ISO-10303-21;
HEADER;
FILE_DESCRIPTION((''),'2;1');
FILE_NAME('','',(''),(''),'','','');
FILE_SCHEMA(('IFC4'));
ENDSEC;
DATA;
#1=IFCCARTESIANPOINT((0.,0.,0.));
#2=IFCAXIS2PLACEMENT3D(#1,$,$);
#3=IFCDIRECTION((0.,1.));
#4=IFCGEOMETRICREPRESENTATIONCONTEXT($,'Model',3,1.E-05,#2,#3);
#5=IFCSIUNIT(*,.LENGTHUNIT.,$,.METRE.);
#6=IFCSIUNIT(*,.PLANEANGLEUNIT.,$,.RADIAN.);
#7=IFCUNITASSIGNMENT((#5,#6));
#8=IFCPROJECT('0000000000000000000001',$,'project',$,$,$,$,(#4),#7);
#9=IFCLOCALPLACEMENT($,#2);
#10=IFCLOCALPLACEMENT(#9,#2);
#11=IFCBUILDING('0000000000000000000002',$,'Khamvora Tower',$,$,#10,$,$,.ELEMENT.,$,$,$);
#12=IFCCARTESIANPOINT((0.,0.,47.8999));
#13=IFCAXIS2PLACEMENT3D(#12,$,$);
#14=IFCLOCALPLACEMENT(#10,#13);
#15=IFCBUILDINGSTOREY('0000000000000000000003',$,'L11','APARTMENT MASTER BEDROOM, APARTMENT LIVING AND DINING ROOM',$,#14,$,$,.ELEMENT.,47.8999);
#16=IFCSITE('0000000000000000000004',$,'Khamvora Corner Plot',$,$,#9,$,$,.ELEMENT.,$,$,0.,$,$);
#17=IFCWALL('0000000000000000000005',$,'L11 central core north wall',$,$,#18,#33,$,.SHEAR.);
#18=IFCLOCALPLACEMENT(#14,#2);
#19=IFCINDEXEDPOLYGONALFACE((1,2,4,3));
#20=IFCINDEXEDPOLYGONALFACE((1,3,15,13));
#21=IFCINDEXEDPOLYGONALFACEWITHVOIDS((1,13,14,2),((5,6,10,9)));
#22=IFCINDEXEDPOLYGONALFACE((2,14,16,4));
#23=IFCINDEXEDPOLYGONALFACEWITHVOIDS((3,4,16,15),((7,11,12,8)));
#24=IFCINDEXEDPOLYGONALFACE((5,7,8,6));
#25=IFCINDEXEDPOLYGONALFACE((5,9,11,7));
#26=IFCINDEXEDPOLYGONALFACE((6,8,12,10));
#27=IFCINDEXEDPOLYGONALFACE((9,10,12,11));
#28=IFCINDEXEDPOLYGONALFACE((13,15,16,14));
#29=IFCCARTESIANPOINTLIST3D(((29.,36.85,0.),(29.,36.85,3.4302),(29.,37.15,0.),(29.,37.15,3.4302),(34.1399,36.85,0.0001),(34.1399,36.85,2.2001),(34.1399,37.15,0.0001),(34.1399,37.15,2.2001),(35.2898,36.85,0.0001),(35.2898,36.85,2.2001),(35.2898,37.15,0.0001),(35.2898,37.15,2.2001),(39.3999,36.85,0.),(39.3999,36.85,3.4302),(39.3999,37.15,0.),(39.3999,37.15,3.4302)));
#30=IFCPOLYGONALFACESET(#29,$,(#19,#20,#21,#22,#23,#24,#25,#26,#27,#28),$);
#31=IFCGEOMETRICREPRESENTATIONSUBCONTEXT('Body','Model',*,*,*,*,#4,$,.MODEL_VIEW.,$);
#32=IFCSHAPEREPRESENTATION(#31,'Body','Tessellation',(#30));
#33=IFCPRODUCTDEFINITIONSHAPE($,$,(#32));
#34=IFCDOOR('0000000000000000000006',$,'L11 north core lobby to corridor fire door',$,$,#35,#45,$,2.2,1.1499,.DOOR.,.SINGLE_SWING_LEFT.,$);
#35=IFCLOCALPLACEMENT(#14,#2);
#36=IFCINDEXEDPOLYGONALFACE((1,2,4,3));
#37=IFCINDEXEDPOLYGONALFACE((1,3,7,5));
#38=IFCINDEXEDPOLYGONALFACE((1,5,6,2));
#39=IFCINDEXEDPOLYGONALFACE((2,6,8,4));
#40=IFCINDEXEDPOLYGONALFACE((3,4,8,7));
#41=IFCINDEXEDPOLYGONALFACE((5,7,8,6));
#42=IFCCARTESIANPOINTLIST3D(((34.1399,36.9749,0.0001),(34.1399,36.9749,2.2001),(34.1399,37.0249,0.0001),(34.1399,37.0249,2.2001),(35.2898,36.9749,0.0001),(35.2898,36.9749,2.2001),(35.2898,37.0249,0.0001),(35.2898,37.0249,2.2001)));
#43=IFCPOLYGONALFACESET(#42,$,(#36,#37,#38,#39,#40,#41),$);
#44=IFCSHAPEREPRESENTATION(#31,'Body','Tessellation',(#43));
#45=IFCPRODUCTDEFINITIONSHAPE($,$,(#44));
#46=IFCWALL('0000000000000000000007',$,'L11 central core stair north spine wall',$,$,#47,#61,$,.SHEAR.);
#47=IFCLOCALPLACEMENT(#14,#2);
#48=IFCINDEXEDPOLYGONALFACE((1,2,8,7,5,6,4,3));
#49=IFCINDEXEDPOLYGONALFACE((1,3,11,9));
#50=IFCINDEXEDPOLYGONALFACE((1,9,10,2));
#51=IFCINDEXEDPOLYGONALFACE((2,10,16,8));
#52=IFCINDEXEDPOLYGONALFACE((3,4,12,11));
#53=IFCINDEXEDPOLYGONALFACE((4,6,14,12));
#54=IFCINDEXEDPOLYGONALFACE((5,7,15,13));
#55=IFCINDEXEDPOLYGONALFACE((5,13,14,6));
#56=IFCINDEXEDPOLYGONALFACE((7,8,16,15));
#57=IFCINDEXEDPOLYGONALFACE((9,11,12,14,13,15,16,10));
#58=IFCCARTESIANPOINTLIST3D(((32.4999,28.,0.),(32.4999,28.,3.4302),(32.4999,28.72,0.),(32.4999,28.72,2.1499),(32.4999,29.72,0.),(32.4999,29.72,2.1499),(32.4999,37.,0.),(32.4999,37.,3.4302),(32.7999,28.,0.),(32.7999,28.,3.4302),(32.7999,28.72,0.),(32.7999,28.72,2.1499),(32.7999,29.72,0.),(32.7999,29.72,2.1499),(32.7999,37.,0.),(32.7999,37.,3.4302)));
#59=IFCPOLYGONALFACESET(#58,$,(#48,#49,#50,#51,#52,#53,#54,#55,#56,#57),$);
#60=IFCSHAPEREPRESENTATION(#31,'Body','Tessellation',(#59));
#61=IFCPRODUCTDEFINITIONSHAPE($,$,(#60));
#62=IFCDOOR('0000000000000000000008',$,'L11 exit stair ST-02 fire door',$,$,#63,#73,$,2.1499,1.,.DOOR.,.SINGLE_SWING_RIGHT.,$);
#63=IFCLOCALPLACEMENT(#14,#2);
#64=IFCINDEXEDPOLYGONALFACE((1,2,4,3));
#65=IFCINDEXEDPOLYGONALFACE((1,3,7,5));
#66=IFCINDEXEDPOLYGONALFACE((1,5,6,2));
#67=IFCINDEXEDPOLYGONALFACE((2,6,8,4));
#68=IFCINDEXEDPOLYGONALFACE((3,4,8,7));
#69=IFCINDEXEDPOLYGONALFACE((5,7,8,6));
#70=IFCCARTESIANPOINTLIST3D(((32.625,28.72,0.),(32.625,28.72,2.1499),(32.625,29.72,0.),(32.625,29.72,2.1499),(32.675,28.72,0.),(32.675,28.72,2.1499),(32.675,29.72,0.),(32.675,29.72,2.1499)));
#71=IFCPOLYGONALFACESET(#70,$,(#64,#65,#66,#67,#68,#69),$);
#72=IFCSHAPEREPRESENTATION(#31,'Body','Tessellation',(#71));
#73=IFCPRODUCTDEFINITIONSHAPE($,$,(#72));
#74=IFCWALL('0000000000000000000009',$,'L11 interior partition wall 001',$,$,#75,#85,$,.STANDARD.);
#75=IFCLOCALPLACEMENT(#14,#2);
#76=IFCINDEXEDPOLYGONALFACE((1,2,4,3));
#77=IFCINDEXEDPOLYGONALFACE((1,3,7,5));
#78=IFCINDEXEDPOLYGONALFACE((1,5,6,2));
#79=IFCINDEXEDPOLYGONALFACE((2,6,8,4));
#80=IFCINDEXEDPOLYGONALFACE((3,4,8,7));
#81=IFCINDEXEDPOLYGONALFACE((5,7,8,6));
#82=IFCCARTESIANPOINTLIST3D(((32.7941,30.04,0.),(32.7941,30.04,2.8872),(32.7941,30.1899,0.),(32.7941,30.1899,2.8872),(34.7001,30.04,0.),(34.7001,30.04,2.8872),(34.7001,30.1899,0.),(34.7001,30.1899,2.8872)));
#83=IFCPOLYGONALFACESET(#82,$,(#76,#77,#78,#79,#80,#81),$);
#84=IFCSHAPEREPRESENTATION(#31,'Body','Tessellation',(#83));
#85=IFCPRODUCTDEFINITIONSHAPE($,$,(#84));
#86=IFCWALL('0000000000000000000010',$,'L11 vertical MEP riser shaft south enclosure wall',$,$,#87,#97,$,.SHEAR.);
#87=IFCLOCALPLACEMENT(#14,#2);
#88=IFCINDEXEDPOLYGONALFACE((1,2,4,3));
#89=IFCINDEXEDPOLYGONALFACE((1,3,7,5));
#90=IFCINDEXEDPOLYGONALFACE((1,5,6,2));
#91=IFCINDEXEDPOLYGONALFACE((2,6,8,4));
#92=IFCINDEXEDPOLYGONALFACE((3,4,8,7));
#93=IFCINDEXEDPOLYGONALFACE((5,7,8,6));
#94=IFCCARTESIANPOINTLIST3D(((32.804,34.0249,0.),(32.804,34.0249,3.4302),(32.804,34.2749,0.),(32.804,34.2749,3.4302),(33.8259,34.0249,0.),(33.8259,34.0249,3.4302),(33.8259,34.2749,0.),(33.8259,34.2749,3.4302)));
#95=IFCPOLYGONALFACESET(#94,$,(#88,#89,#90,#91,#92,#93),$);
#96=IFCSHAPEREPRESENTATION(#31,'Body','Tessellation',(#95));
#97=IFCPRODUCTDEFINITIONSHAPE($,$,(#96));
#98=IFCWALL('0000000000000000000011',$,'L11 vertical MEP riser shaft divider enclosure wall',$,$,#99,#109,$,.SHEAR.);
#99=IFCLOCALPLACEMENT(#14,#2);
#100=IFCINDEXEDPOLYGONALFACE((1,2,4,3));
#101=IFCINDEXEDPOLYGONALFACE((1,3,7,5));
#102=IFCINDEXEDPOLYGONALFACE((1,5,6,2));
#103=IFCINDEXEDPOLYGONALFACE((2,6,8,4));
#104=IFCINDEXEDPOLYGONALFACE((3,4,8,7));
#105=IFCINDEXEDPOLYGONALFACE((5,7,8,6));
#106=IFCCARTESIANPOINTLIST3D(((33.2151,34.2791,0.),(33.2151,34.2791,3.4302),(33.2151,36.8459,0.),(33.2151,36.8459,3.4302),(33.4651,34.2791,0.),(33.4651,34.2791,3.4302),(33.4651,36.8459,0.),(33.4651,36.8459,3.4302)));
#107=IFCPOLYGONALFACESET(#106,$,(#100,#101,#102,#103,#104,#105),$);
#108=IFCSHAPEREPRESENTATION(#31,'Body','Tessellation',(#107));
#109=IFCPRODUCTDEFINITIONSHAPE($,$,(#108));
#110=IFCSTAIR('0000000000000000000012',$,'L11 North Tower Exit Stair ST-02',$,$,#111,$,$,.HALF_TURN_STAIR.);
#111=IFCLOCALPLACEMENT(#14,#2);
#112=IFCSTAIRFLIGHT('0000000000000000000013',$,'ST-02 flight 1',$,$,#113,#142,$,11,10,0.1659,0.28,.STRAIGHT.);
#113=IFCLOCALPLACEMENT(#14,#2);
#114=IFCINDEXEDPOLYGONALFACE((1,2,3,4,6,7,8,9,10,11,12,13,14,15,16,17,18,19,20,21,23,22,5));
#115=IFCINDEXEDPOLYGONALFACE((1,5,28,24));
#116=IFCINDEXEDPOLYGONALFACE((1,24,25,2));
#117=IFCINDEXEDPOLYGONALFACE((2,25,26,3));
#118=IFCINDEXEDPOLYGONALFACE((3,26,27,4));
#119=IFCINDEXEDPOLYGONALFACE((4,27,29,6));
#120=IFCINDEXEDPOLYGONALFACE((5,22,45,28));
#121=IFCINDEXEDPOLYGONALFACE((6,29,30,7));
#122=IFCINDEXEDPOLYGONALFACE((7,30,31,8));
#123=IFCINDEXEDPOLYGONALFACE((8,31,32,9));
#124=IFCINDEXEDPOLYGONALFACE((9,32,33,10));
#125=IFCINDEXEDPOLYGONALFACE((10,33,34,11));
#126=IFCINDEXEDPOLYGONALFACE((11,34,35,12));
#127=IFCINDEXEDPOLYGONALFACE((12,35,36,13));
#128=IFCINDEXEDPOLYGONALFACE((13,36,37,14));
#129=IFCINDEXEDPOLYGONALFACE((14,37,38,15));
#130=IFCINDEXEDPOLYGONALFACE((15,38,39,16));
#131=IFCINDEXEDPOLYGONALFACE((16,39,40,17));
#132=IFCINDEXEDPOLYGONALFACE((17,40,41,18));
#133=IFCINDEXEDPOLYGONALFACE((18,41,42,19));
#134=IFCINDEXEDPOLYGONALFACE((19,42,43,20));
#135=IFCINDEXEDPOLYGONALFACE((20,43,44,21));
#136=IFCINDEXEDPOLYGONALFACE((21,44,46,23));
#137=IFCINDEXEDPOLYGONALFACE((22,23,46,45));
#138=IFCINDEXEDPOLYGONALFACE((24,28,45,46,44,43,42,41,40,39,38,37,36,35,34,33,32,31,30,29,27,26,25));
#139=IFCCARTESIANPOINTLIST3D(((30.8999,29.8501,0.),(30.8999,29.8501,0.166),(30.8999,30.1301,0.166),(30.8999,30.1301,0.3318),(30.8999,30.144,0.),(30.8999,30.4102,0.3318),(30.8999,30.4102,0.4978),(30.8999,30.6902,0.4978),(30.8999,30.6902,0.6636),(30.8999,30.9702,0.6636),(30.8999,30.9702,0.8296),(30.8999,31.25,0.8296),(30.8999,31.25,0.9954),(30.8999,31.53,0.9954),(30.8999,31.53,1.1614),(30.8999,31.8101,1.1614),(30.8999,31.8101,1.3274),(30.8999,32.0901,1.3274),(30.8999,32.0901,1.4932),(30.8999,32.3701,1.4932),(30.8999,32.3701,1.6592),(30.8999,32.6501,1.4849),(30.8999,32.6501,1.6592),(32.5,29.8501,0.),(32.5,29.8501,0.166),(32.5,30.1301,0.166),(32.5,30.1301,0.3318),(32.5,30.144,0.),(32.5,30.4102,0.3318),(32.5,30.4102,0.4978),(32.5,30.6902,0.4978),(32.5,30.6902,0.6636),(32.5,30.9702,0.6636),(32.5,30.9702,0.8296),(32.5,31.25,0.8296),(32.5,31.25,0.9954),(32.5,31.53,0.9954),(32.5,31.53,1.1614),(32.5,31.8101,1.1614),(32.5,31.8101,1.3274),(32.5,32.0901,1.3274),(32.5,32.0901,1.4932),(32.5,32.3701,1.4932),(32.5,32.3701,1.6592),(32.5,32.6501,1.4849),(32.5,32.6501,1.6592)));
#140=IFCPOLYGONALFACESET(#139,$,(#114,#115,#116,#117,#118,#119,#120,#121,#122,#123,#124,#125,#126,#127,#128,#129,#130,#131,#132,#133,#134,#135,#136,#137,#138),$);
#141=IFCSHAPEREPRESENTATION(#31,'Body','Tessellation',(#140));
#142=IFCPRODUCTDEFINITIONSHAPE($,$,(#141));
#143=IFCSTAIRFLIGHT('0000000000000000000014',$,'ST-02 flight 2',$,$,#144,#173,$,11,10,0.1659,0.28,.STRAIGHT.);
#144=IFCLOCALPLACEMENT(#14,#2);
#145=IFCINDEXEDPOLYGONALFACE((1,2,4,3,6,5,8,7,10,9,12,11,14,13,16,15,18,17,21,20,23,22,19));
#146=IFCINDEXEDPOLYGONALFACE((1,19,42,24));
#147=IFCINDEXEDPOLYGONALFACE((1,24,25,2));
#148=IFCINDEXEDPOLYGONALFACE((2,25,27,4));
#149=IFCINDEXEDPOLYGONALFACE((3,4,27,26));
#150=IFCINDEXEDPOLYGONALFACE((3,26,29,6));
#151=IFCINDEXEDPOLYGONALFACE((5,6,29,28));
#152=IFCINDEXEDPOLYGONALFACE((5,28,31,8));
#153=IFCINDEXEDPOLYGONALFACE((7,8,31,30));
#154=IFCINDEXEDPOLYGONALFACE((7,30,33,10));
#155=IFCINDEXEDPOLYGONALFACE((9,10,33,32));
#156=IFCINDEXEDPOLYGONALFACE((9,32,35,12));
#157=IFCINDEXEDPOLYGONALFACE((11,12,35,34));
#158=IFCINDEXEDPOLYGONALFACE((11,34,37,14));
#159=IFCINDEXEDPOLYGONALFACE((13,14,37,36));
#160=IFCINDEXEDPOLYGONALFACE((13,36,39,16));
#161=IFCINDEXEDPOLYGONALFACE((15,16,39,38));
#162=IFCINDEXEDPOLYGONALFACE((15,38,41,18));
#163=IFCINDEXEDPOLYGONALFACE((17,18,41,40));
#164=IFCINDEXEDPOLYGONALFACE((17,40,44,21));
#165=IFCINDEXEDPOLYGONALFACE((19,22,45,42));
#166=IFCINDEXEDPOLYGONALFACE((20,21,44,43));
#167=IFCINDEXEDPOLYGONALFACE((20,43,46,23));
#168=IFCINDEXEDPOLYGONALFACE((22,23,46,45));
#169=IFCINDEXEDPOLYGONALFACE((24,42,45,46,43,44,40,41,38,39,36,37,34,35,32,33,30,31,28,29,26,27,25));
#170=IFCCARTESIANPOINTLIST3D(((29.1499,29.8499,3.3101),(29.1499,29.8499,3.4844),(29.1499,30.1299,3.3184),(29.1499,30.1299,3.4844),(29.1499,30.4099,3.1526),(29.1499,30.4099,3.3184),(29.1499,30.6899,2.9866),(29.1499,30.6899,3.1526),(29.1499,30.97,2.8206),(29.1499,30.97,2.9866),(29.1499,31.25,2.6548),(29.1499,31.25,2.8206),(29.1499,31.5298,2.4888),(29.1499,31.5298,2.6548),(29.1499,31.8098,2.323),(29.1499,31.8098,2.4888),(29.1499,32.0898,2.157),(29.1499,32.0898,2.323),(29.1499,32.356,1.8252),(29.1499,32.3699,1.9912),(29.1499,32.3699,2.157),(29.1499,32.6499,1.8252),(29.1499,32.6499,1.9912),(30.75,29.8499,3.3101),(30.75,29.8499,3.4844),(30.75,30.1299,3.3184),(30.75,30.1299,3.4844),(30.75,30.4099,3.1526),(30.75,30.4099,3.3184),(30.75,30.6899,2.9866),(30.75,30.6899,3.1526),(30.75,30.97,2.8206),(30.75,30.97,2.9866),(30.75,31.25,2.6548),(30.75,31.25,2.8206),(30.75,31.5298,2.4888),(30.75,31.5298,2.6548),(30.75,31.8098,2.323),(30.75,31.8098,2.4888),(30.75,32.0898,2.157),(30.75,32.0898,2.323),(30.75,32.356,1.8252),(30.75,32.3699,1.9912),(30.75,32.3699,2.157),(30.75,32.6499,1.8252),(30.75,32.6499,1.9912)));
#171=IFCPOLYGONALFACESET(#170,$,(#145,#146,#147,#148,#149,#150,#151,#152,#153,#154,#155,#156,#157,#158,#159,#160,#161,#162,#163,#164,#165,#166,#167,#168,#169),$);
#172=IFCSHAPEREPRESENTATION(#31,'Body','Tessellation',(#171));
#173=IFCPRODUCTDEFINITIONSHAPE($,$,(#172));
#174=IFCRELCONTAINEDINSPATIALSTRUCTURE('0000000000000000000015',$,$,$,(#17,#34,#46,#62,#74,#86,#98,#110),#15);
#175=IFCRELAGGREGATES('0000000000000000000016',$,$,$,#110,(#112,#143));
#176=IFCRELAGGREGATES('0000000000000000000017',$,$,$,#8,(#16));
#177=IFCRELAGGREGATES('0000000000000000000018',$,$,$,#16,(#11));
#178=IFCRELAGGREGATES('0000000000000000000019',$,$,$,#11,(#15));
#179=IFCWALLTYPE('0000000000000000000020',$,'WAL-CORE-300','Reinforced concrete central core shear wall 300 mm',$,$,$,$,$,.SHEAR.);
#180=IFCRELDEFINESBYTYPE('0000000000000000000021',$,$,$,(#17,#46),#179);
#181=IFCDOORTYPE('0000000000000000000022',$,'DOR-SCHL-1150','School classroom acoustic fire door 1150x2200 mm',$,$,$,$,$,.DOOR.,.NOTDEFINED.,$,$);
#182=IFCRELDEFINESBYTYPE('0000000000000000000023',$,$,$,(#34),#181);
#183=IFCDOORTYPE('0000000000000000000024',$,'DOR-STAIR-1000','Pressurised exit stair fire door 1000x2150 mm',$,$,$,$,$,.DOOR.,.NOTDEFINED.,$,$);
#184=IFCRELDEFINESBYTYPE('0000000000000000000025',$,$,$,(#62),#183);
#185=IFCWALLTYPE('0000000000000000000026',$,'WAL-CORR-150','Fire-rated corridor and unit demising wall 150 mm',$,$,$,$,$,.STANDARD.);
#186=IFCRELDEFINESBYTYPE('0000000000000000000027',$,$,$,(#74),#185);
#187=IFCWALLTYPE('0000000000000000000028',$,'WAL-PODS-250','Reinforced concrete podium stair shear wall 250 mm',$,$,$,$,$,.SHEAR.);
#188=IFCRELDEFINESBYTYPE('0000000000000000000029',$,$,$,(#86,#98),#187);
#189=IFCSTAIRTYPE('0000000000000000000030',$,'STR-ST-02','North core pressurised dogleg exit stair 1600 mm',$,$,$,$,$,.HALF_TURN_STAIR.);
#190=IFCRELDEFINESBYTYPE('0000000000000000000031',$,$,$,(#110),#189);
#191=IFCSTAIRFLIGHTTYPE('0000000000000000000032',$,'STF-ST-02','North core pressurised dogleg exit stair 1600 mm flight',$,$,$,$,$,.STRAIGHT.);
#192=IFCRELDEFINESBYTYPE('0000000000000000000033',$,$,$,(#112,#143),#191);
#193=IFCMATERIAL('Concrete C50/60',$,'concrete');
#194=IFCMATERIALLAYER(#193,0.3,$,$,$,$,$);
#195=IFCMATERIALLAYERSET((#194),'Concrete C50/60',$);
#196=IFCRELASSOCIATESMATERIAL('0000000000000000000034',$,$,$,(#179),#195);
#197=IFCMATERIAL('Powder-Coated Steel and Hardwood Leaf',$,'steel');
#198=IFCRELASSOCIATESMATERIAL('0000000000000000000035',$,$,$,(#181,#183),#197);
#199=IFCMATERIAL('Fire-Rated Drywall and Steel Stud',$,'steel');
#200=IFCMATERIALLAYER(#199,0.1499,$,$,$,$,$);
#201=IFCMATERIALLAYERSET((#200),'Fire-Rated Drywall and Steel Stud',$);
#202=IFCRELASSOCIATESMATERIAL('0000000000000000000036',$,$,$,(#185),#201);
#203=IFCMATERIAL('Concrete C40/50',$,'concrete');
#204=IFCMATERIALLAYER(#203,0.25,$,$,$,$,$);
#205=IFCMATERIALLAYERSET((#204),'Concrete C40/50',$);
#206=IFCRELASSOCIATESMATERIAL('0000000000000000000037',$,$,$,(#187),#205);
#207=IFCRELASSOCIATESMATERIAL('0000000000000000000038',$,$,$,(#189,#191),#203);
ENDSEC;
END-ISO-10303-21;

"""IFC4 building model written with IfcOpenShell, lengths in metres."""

from ifc_helpers import new_model, si_unit, direction, frame, frame_2d, origin, place, context, subcontext, project, spatial, polyline, rectangle, outline, extrude, material, layer, layer_set, type_object, element, fill, aggregate, save


model = new_model("IFC4")

# Units and contexts
model_context = context("Model", 3, precision=1e-05, world=origin(), true_north=direction((0.0, 1.0)))
body_context = subcontext(model_context, "Body", "Model", "MODEL_VIEW")
ifc_project = project(units=[si_unit("LENGTHUNIT", "METRE"), si_unit("PLANEANGLEUNIT", "RADIAN")], contexts=[model_context])

# Site, building, storey
site_placement = place(None, origin())
site = spatial("IfcSite", under=ifc_project, at=site_placement, Name="Khamvora Corner Plot", CompositionType="ELEMENT", RefElevation=0.0)
building_placement = place(site_placement, origin())
building = spatial("IfcBuilding", under=site, at=building_placement, Name="Khamvora Tower", CompositionType="ELEMENT")
storey_placement = place(building_placement, frame((0.0, 0.0, 47.8999)))
storey = spatial("IfcBuildingStorey", under=building, at=storey_placement, Name="L11", Description="APARTMENT MASTER BEDROOM, APARTMENT LIVING AND DINING ROOM", CompositionType="ELEMENT", Elevation=47.8999)

# Walls, openings, doors
ifc_material_1 = material(Name="Concrete C50/60", Category="concrete")
ifc_layer_1 = layer(ifc_material_1, 0.3)
ifc_layer_set_1 = layer_set([ifc_layer_1], Name="Concrete C50/60")
wall_type_1 = type_object("IfcWallType", Name="WAL-CORE-300", Description="Reinforced concrete central core shear wall 300 mm", PredefinedType="SHEAR", material=ifc_layer_set_1)
wall_1_placement = place(storey_placement, frame((29.0, 37.0, 0.0), z_axis=(0.0, 0.0, 1.0), x_axis=(1.0, 0.0, 0.0)))
wall_1 = element("IfcWall", 1, at=wall_1_placement, inside=storey, type_object=wall_type_1, Name="L11 central core north wall", PredefinedType="SHEAR", context=body_context, shape_type="SweptSolid", body=[
    extrude(rectangle(XDim=10.3999, YDim=0.3, at=frame_2d((5.2, 0.0))), origin(), (0.0, 0.0, 1.0), 3.4302),
])
opening_1_placement = place(wall_1_placement, frame((5.1399, 0.0, 0.0)))
opening_1 = element("IfcOpeningElement", 2, at=opening_1_placement, cuts=wall_1, PredefinedType="OPENING", context=body_context, shape_type="SweptSolid", body=[
    extrude(rectangle(XDim=1.1499, YDim=2.2, at=frame_2d((0.575, 1.1001))), frame((0.0, 0.1599, 0.0), z_axis=(0.0, -1.0, 0.0), x_axis=(1.0, 0.0, 0.0)), (0.0, 0.0, 1.0), 0.3201),
])
ifc_material_2 = material(Name="Powder-Coated Steel and Hardwood Leaf", Category="steel")
door_type_1 = type_object("IfcDoorType", Name="DOR-SCHL-1150", Description="School classroom acoustic fire door 1150x2200 mm", OperationType="NOTDEFINED", PredefinedType="DOOR", material=ifc_material_2)
door_1_placement = place(opening_1_placement, origin())
door_1 = element("IfcDoor", 3, at=door_1_placement, inside=storey, type_object=door_type_1, Name="L11 north core lobby to corridor fire door", OperationType="SINGLE_SWING_LEFT", OverallHeight=2.2, OverallWidth=1.1499, PredefinedType="DOOR", context=body_context, shape_type="SweptSolid", body=[
    extrude(rectangle(XDim=1.1499, YDim=2.2, at=frame_2d((0.575, 1.1001))), frame((0.0, 0.0249, 0.0), z_axis=(0.0, -1.0, 0.0), x_axis=(1.0, 0.0, 0.0)), (0.0, 0.0, 1.0), 0.05),
])
fill(opening_1, door_1)
wall_2_placement = place(storey_placement, frame((32.6499, 28.0, 0.0), z_axis=(0.0, 0.0, 1.0), x_axis=(0.0, 1.0, 0.0)))
wall_2 = element("IfcWall", 4, at=wall_2_placement, inside=storey, type_object=wall_type_1, Name="L11 central core stair north spine wall", PredefinedType="SHEAR", context=body_context, shape_type="SweptSolid", body=[
    extrude(rectangle(XDim=9.0, YDim=0.3, at=frame_2d((4.5, 0.0))), origin(), (0.0, 0.0, 1.0), 3.4302),
])
opening_2_placement = place(wall_2_placement, frame((0.72, 0.0, 0.0)))
opening_2 = element("IfcOpeningElement", 5, at=opening_2_placement, cuts=wall_2, PredefinedType="OPENING", context=body_context, shape_type="SweptSolid", body=[
    extrude(rectangle(XDim=1.0, YDim=2.1499, at=frame_2d((0.5, 1.075))), frame((0.0, 0.1599, 0.0), z_axis=(0.0, -1.0, 0.0), x_axis=(1.0, 0.0, 0.0)), (0.0, 0.0, 1.0), 0.3201),
])
door_type_2 = type_object("IfcDoorType", Name="DOR-STAIR-1000", Description="Pressurised exit stair fire door 1000x2150 mm", OperationType="NOTDEFINED", PredefinedType="DOOR", material=ifc_material_2)
door_2_placement = place(opening_2_placement, origin())
door_2 = element("IfcDoor", 6, at=door_2_placement, inside=storey, type_object=door_type_2, Name="L11 exit stair ST-02 fire door", OperationType="SINGLE_SWING_RIGHT", OverallHeight=2.1499, OverallWidth=1.0, PredefinedType="DOOR", context=body_context, shape_type="SweptSolid", body=[
    extrude(rectangle(XDim=1.0, YDim=2.1499, at=frame_2d((0.5, 1.075))), frame((0.0, 0.0249, 0.0), z_axis=(0.0, -1.0, 0.0), x_axis=(1.0, 0.0, 0.0)), (0.0, 0.0, 1.0), 0.05),
])
fill(opening_2, door_2)

# Walls
ifc_material_3 = material(Name="Fire-Rated Drywall and Steel Stud", Category="steel")
ifc_layer_2 = layer(ifc_material_3, 0.1499)
ifc_layer_set_2 = layer_set([ifc_layer_2], Name="Fire-Rated Drywall and Steel Stud")
wall_type_2 = type_object("IfcWallType", Name="WAL-CORR-150", Description="Fire-rated corridor and unit demising wall 150 mm", PredefinedType="STANDARD", material=ifc_layer_set_2)
wall_3_placement = place(storey_placement, frame((32.7939, 30.115, 0.0), z_axis=(0.0, 0.0, 1.0), x_axis=(1.0, 0.0, 0.0)))
element("IfcWall", 7, at=wall_3_placement, inside=storey, type_object=wall_type_2, Name="L11 interior partition wall 001", PredefinedType="STANDARD", context=body_context, shape_type="SweptSolid", body=[
    extrude(rectangle(XDim=1.906, YDim=0.1499, at=frame_2d((0.9531, 0.0))), origin(), (0.0, 0.0, 1.0), 2.8872),
])
ifc_material_4 = material(Name="Concrete C40/50", Category="concrete")
ifc_layer_3 = layer(ifc_material_4, 0.25)
ifc_layer_set_3 = layer_set([ifc_layer_3], Name="Concrete C40/50")
wall_type_3 = type_object("IfcWallType", Name="WAL-PODS-250", Description="Reinforced concrete podium stair shear wall 250 mm", PredefinedType="SHEAR", material=ifc_layer_set_3)
wall_4_placement = place(storey_placement, frame((32.804, 34.1499, 0.0), z_axis=(0.0, 0.0, 1.0), x_axis=(1.0, 0.0, 0.0)))
element("IfcWall", 8, at=wall_4_placement, inside=storey, type_object=wall_type_3, Name="L11 vertical MEP riser shaft south enclosure wall", PredefinedType="SHEAR", context=body_context, shape_type="SweptSolid", body=[
    extrude(rectangle(XDim=1.022, YDim=0.25, at=frame_2d((0.511, 0.0))), origin(), (0.0, 0.0, 1.0), 3.4302),
])
wall_5_placement = place(storey_placement, frame((33.3401, 34.2791, 0.0), z_axis=(0.0, 0.0, 1.0), x_axis=(0.0, 1.0, 0.0)))
element("IfcWall", 9, at=wall_5_placement, inside=storey, type_object=wall_type_3, Name="L11 vertical MEP riser shaft divider enclosure wall", PredefinedType="SHEAR", context=body_context, shape_type="SweptSolid", body=[
    extrude(rectangle(XDim=2.5669, YDim=0.25, at=frame_2d((1.2834, 0.0))), origin(), (0.0, 0.0, 1.0), 3.4302),
])

# Stair, stair flights
stair_type = type_object("IfcStairType", Name="STR-ST-02", Description="North core pressurised dogleg exit stair 1600 mm", PredefinedType="HALF_TURN_STAIR", material=ifc_material_4)
stair_placement = place(storey_placement, origin())
stair = element("IfcStair", 10, at=stair_placement, inside=storey, type_object=stair_type, Name="L11 North Tower Exit Stair ST-02", PredefinedType="HALF_TURN_STAIR")
stair_flight_type = type_object("IfcStairFlightType", Name="STF-ST-02", Description="North core pressurised dogleg exit stair 1600 mm flight", PredefinedType="STRAIGHT", material=ifc_material_4)
stair_flight_1_placement = place(storey_placement, frame((31.7, 29.8501, 0.0), z_axis=(0.0, 0.0, 1.0), x_axis=(0.0, 1.0, 0.0)))
stair_flight_1 = element("IfcStairFlight", 11, at=stair_flight_1_placement, type_object=stair_flight_type, Name="ST-02 flight 1", NumberOfRisers=11, NumberOfTreads=10, PredefinedType="STRAIGHT", RiserHeight=0.1659, TreadLength=0.28, context=body_context, shape_type="SweptSolid", body=[
    extrude(outline(polyline([(0.0, 0.0), (0.0, 0.166), (0.28, 0.166), (0.28, 0.3318), (0.5601, 0.3318), (0.5601, 0.4978), (0.8401, 0.4978), (0.8401, 0.6636), (1.1201, 0.6636), (1.1201, 0.8296), (1.3999, 0.8296), (1.3999, 0.9954), (1.6799, 0.9954), (1.6799, 1.1614), (1.96, 1.1614), (1.96, 1.3274), (2.24, 1.3274), (2.24, 1.4932), (2.52, 1.4932), (2.52, 1.6592), (2.8, 1.6592), (2.8, 1.825), (2.8, 1.4849), (0.2939, 0.0), (0.0, 0.0)])), frame((0.0, 0.8, 0.0), z_axis=(0.0, -1.0, 0.0), x_axis=(1.0, 0.0, 0.0)), (0.0, 0.0, 1.0), 1.6001),
])
stair_flight_2_placement = place(storey_placement, frame((29.95, 32.6499, 1.8252), z_axis=(0.0, 0.0, 1.0), x_axis=(0.0, -1.0, 0.0)))
stair_flight_2 = element("IfcStairFlight", 12, at=stair_flight_2_placement, type_object=stair_flight_type, Name="ST-02 flight 2", NumberOfRisers=11, NumberOfTreads=10, PredefinedType="STRAIGHT", RiserHeight=0.1659, TreadLength=0.28, context=body_context, shape_type="SweptSolid", body=[
    extrude(outline(polyline([(0.0, 0.0), (0.0, 0.166), (0.28, 0.166), (0.28, 0.3318), (0.5601, 0.3318), (0.5601, 0.4978), (0.8401, 0.4978), (0.8401, 0.6636), (1.1201, 0.6636), (1.1201, 0.8296), (1.3999, 0.8296), (1.3999, 0.9954), (1.6799, 0.9954), (1.6799, 1.1614), (1.96, 1.1614), (1.96, 1.3274), (2.24, 1.3274), (2.24, 1.4932), (2.52, 1.4932), (2.52, 1.6592), (2.8, 1.6592), (2.8, 1.825), (2.8, 1.4849), (0.2939, 0.0), (0.0, 0.0)])), frame((0.0, 0.8, 0.0), z_axis=(0.0, -1.0, 0.0), x_axis=(1.0, 0.0, 0.0)), (0.0, 0.0, 1.0), 1.6001),
])
aggregate(stair, [stair_flight_1, stair_flight_2])

save(model, "model.ifc")
